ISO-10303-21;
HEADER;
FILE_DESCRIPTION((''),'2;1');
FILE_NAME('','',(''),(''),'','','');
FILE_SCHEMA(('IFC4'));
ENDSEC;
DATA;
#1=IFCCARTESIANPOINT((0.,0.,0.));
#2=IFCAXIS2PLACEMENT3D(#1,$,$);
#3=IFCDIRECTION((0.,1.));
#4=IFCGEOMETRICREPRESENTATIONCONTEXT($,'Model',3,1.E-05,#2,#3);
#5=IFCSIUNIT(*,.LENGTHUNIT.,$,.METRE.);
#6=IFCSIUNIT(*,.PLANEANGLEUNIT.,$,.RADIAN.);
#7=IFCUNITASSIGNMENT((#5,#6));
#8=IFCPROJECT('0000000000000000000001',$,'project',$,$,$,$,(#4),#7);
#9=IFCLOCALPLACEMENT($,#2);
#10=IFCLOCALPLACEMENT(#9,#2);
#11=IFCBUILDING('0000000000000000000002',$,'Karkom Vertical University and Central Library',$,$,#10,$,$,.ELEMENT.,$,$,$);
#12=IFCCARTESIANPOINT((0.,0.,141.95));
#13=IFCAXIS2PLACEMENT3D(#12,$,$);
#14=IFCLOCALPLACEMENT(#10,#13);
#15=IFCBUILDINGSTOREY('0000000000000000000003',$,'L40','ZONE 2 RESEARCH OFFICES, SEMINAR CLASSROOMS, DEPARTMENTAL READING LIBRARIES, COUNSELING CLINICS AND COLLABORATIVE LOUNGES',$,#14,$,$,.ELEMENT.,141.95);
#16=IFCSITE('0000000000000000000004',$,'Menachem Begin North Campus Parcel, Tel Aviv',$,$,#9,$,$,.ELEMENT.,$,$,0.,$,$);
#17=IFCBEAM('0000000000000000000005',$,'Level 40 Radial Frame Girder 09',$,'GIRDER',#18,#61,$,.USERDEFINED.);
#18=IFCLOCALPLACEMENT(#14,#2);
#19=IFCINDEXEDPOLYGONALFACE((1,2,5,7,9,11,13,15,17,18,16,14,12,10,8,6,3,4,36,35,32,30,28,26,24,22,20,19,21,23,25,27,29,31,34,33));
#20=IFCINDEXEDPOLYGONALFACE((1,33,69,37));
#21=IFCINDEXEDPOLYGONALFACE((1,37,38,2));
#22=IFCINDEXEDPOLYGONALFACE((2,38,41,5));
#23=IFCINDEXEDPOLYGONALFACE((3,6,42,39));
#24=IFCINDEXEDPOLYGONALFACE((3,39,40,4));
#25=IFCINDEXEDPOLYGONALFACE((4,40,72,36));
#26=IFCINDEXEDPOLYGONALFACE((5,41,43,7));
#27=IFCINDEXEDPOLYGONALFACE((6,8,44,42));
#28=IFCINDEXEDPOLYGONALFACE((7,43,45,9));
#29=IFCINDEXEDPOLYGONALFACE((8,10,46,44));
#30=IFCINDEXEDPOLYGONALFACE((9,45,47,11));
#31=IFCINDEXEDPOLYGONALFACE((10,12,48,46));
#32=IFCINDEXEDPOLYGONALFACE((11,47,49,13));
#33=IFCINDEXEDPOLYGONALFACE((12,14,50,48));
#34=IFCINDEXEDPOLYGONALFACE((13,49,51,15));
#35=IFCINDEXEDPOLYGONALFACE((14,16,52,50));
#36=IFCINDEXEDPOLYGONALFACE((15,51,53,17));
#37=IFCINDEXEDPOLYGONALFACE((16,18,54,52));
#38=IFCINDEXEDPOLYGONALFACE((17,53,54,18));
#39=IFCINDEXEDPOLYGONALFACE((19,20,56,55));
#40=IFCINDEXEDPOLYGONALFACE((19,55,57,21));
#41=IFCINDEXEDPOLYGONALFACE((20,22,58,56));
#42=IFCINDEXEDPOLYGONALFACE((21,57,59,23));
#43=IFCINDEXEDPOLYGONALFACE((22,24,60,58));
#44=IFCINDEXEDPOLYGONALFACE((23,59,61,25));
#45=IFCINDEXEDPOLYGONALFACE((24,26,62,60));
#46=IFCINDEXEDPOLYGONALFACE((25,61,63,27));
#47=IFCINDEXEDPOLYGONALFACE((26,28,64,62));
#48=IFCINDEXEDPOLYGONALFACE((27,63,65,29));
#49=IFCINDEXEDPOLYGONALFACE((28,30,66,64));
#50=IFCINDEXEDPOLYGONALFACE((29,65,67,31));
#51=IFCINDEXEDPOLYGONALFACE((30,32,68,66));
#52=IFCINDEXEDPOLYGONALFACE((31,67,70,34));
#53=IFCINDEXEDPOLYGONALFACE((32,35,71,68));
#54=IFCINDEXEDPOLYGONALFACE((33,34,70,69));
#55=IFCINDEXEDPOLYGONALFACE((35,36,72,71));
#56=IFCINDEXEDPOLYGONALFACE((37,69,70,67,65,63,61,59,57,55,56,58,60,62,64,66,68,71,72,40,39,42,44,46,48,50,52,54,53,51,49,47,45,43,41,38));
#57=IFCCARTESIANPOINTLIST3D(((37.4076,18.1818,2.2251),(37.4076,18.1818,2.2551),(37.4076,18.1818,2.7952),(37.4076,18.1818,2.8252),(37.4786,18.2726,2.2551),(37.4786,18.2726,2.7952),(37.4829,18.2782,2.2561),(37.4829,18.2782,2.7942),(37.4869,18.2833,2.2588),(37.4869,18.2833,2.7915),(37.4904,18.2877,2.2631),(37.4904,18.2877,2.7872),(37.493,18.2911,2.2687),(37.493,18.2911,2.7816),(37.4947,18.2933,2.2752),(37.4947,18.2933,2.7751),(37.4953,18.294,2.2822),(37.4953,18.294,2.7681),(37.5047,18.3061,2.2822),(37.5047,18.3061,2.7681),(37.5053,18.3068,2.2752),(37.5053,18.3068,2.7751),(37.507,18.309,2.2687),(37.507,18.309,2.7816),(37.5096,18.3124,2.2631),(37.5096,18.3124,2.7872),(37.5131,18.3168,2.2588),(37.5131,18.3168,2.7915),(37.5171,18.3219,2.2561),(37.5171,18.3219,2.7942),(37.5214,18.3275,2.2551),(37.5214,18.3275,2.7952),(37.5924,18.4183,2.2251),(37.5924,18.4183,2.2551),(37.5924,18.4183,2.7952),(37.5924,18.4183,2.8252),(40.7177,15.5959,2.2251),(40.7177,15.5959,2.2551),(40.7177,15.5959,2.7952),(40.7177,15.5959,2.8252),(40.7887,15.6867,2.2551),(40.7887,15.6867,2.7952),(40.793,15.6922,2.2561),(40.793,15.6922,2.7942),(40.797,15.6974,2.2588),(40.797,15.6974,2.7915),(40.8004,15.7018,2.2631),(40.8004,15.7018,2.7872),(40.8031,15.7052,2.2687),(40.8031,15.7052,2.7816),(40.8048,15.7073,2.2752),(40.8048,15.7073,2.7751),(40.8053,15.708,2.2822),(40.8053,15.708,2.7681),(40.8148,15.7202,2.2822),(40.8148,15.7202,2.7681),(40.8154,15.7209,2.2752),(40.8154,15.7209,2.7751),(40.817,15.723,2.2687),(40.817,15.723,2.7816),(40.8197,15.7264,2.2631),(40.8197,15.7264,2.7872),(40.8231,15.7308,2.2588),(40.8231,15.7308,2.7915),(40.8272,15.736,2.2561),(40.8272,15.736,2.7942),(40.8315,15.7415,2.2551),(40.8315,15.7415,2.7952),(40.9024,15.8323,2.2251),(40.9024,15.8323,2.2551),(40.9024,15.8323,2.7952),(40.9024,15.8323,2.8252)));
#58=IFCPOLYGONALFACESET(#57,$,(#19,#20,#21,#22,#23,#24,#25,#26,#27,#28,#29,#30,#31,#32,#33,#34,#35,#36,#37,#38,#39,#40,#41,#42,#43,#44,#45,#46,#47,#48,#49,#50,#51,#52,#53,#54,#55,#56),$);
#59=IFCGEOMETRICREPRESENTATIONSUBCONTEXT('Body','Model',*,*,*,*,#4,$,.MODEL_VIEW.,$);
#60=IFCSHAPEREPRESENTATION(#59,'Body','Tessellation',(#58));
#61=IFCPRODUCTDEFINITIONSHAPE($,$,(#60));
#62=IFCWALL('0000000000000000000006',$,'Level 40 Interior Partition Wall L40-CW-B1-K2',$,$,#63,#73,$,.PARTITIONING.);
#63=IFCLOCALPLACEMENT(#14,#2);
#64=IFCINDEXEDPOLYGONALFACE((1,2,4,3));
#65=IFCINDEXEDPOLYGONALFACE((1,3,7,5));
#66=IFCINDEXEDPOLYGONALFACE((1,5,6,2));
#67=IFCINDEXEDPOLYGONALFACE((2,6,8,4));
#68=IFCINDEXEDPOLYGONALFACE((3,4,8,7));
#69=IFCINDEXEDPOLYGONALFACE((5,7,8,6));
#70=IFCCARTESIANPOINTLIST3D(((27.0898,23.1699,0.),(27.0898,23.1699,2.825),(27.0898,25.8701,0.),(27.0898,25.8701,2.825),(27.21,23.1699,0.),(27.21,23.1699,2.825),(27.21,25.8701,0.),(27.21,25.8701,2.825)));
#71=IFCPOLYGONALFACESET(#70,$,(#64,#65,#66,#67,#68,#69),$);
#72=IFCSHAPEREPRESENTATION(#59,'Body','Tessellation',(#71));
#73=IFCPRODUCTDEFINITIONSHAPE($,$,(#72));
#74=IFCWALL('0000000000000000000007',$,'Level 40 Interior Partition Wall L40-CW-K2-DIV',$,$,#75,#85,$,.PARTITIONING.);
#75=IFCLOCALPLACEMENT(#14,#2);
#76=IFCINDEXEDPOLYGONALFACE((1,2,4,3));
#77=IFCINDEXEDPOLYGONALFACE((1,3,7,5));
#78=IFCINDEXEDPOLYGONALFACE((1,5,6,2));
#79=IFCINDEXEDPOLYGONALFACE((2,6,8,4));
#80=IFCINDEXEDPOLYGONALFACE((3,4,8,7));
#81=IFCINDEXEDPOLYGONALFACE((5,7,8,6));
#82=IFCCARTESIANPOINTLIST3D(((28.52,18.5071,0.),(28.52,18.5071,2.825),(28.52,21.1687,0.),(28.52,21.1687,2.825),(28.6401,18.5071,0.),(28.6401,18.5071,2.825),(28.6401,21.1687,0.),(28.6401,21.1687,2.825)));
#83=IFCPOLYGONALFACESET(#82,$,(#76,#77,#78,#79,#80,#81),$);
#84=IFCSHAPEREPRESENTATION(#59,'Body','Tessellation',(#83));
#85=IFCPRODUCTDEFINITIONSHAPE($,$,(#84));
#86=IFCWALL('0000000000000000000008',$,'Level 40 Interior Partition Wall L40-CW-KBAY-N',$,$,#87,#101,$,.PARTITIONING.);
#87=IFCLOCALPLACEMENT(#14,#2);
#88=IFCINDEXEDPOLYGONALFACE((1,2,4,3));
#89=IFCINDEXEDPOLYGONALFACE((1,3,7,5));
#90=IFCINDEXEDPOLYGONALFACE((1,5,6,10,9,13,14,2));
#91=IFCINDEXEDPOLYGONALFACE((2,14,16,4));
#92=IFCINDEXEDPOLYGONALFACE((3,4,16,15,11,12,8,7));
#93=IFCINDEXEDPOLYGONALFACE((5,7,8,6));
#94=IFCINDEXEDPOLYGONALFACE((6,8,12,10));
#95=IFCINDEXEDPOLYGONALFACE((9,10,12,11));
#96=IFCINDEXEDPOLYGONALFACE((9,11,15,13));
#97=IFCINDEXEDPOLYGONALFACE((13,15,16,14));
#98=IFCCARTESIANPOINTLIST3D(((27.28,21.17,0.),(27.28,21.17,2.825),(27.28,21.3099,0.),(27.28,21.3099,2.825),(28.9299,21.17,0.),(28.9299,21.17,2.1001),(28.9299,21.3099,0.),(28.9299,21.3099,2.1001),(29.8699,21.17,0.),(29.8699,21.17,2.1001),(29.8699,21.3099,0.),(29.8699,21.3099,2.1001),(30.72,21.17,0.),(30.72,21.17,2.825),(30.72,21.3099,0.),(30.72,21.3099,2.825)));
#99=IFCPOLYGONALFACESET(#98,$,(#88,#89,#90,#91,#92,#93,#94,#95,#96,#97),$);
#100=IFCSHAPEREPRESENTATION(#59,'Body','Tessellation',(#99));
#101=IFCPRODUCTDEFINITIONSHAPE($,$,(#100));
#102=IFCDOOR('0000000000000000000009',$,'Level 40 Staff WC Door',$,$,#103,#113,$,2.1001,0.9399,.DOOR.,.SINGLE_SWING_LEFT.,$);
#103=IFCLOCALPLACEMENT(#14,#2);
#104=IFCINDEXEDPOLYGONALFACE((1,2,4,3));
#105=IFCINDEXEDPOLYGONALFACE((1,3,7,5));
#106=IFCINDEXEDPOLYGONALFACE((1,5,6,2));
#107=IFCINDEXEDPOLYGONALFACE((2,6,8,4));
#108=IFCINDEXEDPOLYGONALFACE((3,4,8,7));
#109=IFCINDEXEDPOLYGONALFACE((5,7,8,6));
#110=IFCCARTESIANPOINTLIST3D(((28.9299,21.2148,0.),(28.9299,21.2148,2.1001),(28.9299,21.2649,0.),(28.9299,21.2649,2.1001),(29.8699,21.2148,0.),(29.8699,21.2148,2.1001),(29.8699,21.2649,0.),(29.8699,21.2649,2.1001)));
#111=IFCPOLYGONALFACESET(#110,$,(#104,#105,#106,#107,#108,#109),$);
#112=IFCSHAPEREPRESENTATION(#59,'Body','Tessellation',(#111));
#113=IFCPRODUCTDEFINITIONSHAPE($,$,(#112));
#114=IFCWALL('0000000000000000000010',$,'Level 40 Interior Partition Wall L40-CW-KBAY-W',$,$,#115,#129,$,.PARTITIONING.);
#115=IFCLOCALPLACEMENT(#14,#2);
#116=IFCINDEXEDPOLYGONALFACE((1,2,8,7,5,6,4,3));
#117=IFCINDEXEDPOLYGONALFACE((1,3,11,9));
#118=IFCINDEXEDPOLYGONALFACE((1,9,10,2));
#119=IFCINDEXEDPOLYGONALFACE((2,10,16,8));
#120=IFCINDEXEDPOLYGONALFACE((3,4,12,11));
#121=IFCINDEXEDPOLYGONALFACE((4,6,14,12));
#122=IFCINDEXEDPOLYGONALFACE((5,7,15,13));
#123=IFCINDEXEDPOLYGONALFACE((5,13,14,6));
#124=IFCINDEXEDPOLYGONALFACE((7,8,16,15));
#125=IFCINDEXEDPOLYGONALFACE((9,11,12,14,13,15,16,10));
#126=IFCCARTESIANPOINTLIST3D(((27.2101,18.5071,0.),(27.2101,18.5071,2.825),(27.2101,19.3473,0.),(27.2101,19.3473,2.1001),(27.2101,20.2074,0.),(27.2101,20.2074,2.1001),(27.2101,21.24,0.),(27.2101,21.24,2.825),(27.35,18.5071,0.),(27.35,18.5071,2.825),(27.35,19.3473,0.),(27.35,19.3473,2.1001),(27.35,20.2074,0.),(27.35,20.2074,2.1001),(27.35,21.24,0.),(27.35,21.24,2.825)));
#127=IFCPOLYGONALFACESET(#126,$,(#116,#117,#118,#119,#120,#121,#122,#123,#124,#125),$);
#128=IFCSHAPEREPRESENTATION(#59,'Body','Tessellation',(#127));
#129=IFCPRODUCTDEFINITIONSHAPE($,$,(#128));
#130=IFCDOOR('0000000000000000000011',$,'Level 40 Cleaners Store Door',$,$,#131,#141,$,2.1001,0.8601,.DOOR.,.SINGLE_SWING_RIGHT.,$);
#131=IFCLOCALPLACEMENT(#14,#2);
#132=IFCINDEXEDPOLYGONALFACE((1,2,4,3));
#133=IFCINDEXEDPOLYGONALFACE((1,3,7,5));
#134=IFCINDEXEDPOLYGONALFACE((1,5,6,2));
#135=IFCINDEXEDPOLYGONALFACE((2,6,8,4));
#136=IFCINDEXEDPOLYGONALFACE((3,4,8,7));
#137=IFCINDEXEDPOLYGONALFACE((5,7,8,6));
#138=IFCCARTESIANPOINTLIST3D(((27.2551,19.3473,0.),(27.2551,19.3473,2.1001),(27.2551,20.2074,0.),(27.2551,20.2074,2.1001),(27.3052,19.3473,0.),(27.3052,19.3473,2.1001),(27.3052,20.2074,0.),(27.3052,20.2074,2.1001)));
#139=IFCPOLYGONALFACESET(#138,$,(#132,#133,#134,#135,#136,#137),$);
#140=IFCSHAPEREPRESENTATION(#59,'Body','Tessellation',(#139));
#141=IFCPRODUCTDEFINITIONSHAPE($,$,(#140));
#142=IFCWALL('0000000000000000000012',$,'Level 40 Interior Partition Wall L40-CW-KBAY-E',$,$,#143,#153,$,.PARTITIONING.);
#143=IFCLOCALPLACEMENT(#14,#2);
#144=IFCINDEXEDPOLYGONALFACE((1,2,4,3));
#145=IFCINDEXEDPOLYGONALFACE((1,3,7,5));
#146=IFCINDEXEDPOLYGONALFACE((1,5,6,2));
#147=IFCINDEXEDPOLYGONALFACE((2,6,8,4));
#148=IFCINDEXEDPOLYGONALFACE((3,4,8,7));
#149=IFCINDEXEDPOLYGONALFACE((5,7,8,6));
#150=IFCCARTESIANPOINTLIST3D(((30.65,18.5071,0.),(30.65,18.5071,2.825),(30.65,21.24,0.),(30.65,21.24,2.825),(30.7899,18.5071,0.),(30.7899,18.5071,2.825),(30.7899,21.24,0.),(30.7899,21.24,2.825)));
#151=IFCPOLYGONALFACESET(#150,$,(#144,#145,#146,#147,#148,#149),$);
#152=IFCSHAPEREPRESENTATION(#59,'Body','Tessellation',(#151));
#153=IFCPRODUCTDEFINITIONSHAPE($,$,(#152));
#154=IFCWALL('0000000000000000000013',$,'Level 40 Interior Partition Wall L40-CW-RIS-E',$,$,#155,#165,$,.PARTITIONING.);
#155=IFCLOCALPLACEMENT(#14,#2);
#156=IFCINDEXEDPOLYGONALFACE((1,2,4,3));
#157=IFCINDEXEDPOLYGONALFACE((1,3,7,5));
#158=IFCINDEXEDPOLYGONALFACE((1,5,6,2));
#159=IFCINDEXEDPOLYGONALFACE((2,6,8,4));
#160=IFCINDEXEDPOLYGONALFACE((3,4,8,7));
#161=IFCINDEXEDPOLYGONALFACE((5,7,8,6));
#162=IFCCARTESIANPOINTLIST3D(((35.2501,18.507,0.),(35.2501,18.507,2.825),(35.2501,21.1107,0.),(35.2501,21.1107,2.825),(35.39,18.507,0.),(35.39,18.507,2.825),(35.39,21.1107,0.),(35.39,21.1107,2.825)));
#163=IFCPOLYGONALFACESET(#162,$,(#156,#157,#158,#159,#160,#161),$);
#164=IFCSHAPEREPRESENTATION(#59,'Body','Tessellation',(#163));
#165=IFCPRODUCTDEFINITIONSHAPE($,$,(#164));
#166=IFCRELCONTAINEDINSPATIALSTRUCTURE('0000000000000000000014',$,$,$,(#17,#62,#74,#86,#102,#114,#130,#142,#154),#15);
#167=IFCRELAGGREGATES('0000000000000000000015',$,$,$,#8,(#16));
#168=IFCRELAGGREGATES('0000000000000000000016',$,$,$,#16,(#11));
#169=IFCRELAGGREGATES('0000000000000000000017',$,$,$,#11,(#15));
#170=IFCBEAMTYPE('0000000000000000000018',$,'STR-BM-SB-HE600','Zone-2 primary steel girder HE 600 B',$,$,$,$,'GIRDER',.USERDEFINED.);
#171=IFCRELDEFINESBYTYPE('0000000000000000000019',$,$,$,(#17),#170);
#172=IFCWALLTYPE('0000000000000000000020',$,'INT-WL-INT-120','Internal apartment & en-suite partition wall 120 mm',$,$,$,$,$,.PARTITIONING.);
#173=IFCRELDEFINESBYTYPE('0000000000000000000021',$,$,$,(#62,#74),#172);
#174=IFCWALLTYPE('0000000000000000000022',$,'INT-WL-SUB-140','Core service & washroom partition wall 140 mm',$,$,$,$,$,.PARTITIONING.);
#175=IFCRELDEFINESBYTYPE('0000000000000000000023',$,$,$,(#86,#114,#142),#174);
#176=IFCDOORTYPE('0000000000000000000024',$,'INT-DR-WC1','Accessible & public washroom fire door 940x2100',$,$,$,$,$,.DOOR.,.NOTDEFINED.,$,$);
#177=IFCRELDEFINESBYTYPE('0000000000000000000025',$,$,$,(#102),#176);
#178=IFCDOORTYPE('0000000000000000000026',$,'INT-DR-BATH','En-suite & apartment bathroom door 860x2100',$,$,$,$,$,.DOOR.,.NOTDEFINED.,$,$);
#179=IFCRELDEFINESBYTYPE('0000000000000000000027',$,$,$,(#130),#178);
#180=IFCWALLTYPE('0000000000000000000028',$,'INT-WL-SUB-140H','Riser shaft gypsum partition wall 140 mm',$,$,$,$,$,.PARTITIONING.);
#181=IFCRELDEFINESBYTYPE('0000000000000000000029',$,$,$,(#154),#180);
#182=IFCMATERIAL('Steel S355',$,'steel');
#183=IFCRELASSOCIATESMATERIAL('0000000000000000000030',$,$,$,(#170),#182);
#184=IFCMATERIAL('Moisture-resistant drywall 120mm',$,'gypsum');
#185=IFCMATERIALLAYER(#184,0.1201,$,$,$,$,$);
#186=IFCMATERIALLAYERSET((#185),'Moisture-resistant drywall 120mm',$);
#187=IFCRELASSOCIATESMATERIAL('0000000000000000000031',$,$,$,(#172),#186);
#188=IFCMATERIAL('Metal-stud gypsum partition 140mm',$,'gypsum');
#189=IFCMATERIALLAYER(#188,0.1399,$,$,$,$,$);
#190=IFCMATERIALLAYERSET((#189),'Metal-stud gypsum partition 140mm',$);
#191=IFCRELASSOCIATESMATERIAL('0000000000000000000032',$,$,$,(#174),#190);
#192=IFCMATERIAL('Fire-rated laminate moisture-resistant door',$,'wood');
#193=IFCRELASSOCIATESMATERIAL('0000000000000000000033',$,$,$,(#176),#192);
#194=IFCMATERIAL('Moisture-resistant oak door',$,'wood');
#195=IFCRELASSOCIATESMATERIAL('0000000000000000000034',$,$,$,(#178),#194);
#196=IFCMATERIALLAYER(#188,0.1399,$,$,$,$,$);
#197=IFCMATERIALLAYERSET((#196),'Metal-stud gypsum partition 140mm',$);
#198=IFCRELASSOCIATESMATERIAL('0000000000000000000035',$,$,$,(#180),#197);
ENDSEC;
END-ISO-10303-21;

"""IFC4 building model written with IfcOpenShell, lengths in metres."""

from ifc_helpers import new_model, si_unit, direction, frame, frame_2d, origin, origin_with_axes, origin_2d, place, context, subcontext, project, spatial, rectangle, i_section, extrude, source, transform, mapped, material, layer, layer_set, material_profile, profile_set, type_object, element, fill, save


model = new_model("IFC4")

# Units and contexts
model_context = context("Model", 3, precision=1e-05, world=origin(), true_north=direction((0.0, 1.0)))
body_context = subcontext(model_context, "Body", "Model", "MODEL_VIEW")
ifc_project = project(units=[si_unit("LENGTHUNIT", "METRE"), si_unit("PLANEANGLEUNIT", "RADIAN")], contexts=[model_context])

# Site, building, storey
site_placement = place(None, origin())
site = spatial("IfcSite", under=ifc_project, at=site_placement, Name="Menachem Begin North Campus Parcel, Tel Aviv", CompositionType="ELEMENT", RefElevation=0.0)
building_placement = place(site_placement, origin())
building = spatial("IfcBuilding", under=site, at=building_placement, Name="Karkom Vertical University and Central Library", CompositionType="ELEMENT")
storey_placement = place(building_placement, frame((0.0, 0.0, 141.95)))
storey = spatial("IfcBuildingStorey", under=building, at=storey_placement, Name="L40", Description="ZONE 2 RESEARCH OFFICES, SEMINAR CLASSROOMS, DEPARTMENTAL READING LIBRARIES, COUNSELING CLINICS AND COLLABORATIVE LOUNGES", CompositionType="ELEMENT", Elevation=141.95)

# Beam
ifc_material_1 = material(Name="Steel S355", Category="steel")
ifc_material_profile_1 = material_profile(ifc_material_1, i_section(OverallWidth=0.3, OverallDepth=0.6001, WebThickness=0.0154, FlangeThickness=0.03, FilletRadius=0.0271, at=origin_2d()), Name="HE 600 B")
ifc_profile_set_1 = profile_set([ifc_material_profile_1], Name="Steel S355")
beam_type_1 = type_object("IfcBeamType", Name="STR-BM-SB-HE600", Description="Zone-2 primary steel girder HE 600 B", ElementType="GIRDER", PredefinedType="USERDEFINED", material=ifc_profile_set_1)
shared_shape_1 = source(origin_with_axes(), body_context, "Body", "SweptSolid", [
    extrude(i_section(OverallWidth=0.3, OverallDepth=0.6001, WebThickness=0.0154, FlangeThickness=0.03, FilletRadius=0.0271, at=origin_2d()), origin(), (0.0, 0.0, 1.0), 4.2004),
])
beam_1_placement = place(storey_placement, frame((37.5, 18.3, 2.5251), z_axis=(0.78803, -0.615637, 0.0), x_axis=(0.615637, 0.78803, 0.0)))
element("IfcBeam", 1, at=beam_1_placement, inside=storey, type_object=beam_type_1, Name="Level 40 Radial Frame Girder 09", ObjectType="GIRDER", PredefinedType="USERDEFINED", context=body_context, shape_type="MappedRepresentation", body=[
    mapped(shared_shape_1, transform((0.0, 0.0, 0.0), scale=1.0)),
])

# Walls
ifc_material_2 = material(Name="Moisture-resistant drywall 120mm", Category="gypsum")
ifc_layer_1 = layer(ifc_material_2, 0.1201)
ifc_layer_set_1 = layer_set([ifc_layer_1], Name="Moisture-resistant drywall 120mm")
wall_type_1 = type_object("IfcWallType", Name="INT-WL-INT-120", Description="Internal apartment & en-suite partition wall 120 mm", PredefinedType="PARTITIONING", material=ifc_layer_set_1)
wall_1_placement = place(storey_placement, frame((27.1499, 23.1699, 0.0), z_axis=(0.0, 0.0, 1.0), x_axis=(0.0, 1.0, 0.0)))
element("IfcWall", 2, at=wall_1_placement, inside=storey, type_object=wall_type_1, Name="Level 40 Interior Partition Wall L40-CW-B1-K2", PredefinedType="PARTITIONING", context=body_context, shape_type="SweptSolid", body=[
    extrude(rectangle(XDim=2.7002, YDim=0.1201, at=frame_2d((1.3501, 0.0))), origin(), (0.0, 0.0, 1.0), 2.825),
])
wall_2_placement = place(storey_placement, frame((28.5801, 18.5071, 0.0), z_axis=(0.0, 0.0, 1.0), x_axis=(0.0, 1.0, 0.0)))
element("IfcWall", 3, at=wall_2_placement, inside=storey, type_object=wall_type_1, Name="Level 40 Interior Partition Wall L40-CW-K2-DIV", PredefinedType="PARTITIONING", context=body_context, shape_type="SweptSolid", body=[
    extrude(rectangle(XDim=2.6616, YDim=0.1201, at=frame_2d((1.3308, 0.0))), origin(), (0.0, 0.0, 1.0), 2.825),
])

# Walls, openings, doors
ifc_material_3 = material(Name="Metal-stud gypsum partition 140mm", Category="gypsum")
ifc_layer_2 = layer(ifc_material_3, 0.1399)
ifc_layer_set_2 = layer_set([ifc_layer_2], Name="Metal-stud gypsum partition 140mm")
wall_type_2 = type_object("IfcWallType", Name="INT-WL-SUB-140", Description="Core service & washroom partition wall 140 mm", PredefinedType="PARTITIONING", material=ifc_layer_set_2)
wall_3_placement = place(storey_placement, frame((27.28, 21.24, 0.0), z_axis=(0.0, 0.0, 1.0), x_axis=(1.0, 0.0, 0.0)))
wall_3 = element("IfcWall", 4, at=wall_3_placement, inside=storey, type_object=wall_type_2, Name="Level 40 Interior Partition Wall L40-CW-KBAY-N", PredefinedType="PARTITIONING", context=body_context, shape_type="SweptSolid", body=[
    extrude(rectangle(XDim=3.4399, YDim=0.1399, at=frame_2d((1.72, 0.0))), origin(), (0.0, 0.0, 1.0), 2.825),
])
opening_1_placement = place(wall_3_placement, frame((1.6499, 0.0, 0.0)))
opening_1 = element("IfcOpeningElement", 5, at=opening_1_placement, cuts=wall_3, PredefinedType="OPENING", context=body_context, shape_type="SweptSolid", body=[
    extrude(rectangle(XDim=0.9399, YDim=2.1001, at=frame_2d((0.47, 1.05))), frame((0.0, 0.0801, 0.0), z_axis=(0.0, -1.0, 0.0), x_axis=(1.0, 0.0, 0.0)), (0.0, 0.0, 1.0), 0.1599),
])
ifc_material_4 = material(Name="Fire-rated laminate moisture-resistant door", Category="wood")
door_type_1 = type_object("IfcDoorType", Name="INT-DR-WC1", Description="Accessible & public washroom fire door 940x2100", OperationType="NOTDEFINED", PredefinedType="DOOR", material=ifc_material_4)
shared_shape_2 = source(origin_with_axes(), body_context, "Body", "SweptSolid", [
    extrude(rectangle(XDim=0.9399, YDim=2.1001, at=frame_2d((0.47, 1.05))), frame((0.0, 0.0249, 0.0), z_axis=(0.0, -1.0, 0.0), x_axis=(1.0, 0.0, 0.0)), (0.0, 0.0, 1.0), 0.05),
])
door_1_placement = place(opening_1_placement, origin())
door_1 = element("IfcDoor", 6, at=door_1_placement, inside=storey, type_object=door_type_1, Name="Level 40 Staff WC Door", OperationType="SINGLE_SWING_LEFT", OverallHeight=2.1001, OverallWidth=0.9399, PredefinedType="DOOR", context=body_context, shape_type="MappedRepresentation", body=[
    mapped(shared_shape_2, transform((0.0, 0.0, 0.0), scale=1.0)),
])
fill(opening_1, door_1)
wall_4_placement = place(storey_placement, frame((27.28, 18.5071, 0.0), z_axis=(0.0, 0.0, 1.0), x_axis=(0.0, 1.0, 0.0)))
wall_4 = element("IfcWall", 7, at=wall_4_placement, inside=storey, type_object=wall_type_2, Name="Level 40 Interior Partition Wall L40-CW-KBAY-W", PredefinedType="PARTITIONING", context=body_context, shape_type="SweptSolid", body=[
    extrude(rectangle(XDim=2.7329, YDim=0.1399, at=frame_2d((1.3665, 0.0))), origin(), (0.0, 0.0, 1.0), 2.825),
])
opening_2_placement = place(wall_4_placement, frame((0.8401, 0.0, 0.0)))
opening_2 = element("IfcOpeningElement", 8, at=opening_2_placement, cuts=wall_4, PredefinedType="OPENING", context=body_context, shape_type="SweptSolid", body=[
    extrude(rectangle(XDim=0.8601, YDim=2.1001, at=frame_2d((0.4302, 1.05))), frame((0.0, 0.0801, 0.0), z_axis=(0.0, -1.0, 0.0), x_axis=(1.0, 0.0, 0.0)), (0.0, 0.0, 1.0), 0.1599),
])
ifc_material_5 = material(Name="Moisture-resistant oak door", Category="wood")
door_type_2 = type_object("IfcDoorType", Name="INT-DR-BATH", Description="En-suite & apartment bathroom door 860x2100", OperationType="NOTDEFINED", PredefinedType="DOOR", material=ifc_material_5)
shared_shape_3 = source(origin_with_axes(), body_context, "Body", "SweptSolid", [
    extrude(rectangle(XDim=0.8601, YDim=2.1001, at=frame_2d((0.4302, 1.05))), frame((0.0, 0.0249, 0.0), z_axis=(0.0, -1.0, 0.0), x_axis=(1.0, 0.0, 0.0)), (0.0, 0.0, 1.0), 0.05),
])
door_2_placement = place(opening_2_placement, origin())
door_2 = element("IfcDoor", 9, at=door_2_placement, inside=storey, type_object=door_type_2, Name="Level 40 Cleaners Store Door", OperationType="SINGLE_SWING_RIGHT", OverallHeight=2.1001, OverallWidth=0.8601, PredefinedType="DOOR", context=body_context, shape_type="MappedRepresentation", body=[
    mapped(shared_shape_3, transform((0.0, 0.0, 0.0), scale=1.0)),
])
fill(opening_2, door_2)

# Walls
wall_5_placement = place(storey_placement, frame((30.72, 18.5071, 0.0), z_axis=(0.0, 0.0, 1.0), x_axis=(0.0, 1.0, 0.0)))
element("IfcWall", 10, at=wall_5_placement, inside=storey, type_object=wall_type_2, Name="Level 40 Interior Partition Wall L40-CW-KBAY-E", PredefinedType="PARTITIONING", context=body_context, shape_type="SweptSolid", body=[
    extrude(rectangle(XDim=2.7329, YDim=0.1399, at=frame_2d((1.3665, 0.0))), origin(), (0.0, 0.0, 1.0), 2.825),
])
ifc_layer_3 = layer(ifc_material_3, 0.1399)
ifc_layer_set_3 = layer_set([ifc_layer_3], Name="Metal-stud gypsum partition 140mm")
wall_type_3 = type_object("IfcWallType", Name="INT-WL-SUB-140H", Description="Riser shaft gypsum partition wall 140 mm", PredefinedType="PARTITIONING", material=ifc_layer_set_3)
wall_6_placement = place(storey_placement, frame((35.3201, 18.5071, 0.0), z_axis=(0.0, 0.0, 1.0), x_axis=(0.0, 1.0, 0.0)))
element("IfcWall", 11, at=wall_6_placement, inside=storey, type_object=wall_type_3, Name="Level 40 Interior Partition Wall L40-CW-RIS-E", PredefinedType="PARTITIONING", context=body_context, shape_type="SweptSolid", body=[
    extrude(rectangle(XDim=2.6038, YDim=0.1399, at=frame_2d((1.3018, 0.0))), origin(), (0.0, 0.0, 1.0), 2.825),
])

save(model, "model.ifc")
